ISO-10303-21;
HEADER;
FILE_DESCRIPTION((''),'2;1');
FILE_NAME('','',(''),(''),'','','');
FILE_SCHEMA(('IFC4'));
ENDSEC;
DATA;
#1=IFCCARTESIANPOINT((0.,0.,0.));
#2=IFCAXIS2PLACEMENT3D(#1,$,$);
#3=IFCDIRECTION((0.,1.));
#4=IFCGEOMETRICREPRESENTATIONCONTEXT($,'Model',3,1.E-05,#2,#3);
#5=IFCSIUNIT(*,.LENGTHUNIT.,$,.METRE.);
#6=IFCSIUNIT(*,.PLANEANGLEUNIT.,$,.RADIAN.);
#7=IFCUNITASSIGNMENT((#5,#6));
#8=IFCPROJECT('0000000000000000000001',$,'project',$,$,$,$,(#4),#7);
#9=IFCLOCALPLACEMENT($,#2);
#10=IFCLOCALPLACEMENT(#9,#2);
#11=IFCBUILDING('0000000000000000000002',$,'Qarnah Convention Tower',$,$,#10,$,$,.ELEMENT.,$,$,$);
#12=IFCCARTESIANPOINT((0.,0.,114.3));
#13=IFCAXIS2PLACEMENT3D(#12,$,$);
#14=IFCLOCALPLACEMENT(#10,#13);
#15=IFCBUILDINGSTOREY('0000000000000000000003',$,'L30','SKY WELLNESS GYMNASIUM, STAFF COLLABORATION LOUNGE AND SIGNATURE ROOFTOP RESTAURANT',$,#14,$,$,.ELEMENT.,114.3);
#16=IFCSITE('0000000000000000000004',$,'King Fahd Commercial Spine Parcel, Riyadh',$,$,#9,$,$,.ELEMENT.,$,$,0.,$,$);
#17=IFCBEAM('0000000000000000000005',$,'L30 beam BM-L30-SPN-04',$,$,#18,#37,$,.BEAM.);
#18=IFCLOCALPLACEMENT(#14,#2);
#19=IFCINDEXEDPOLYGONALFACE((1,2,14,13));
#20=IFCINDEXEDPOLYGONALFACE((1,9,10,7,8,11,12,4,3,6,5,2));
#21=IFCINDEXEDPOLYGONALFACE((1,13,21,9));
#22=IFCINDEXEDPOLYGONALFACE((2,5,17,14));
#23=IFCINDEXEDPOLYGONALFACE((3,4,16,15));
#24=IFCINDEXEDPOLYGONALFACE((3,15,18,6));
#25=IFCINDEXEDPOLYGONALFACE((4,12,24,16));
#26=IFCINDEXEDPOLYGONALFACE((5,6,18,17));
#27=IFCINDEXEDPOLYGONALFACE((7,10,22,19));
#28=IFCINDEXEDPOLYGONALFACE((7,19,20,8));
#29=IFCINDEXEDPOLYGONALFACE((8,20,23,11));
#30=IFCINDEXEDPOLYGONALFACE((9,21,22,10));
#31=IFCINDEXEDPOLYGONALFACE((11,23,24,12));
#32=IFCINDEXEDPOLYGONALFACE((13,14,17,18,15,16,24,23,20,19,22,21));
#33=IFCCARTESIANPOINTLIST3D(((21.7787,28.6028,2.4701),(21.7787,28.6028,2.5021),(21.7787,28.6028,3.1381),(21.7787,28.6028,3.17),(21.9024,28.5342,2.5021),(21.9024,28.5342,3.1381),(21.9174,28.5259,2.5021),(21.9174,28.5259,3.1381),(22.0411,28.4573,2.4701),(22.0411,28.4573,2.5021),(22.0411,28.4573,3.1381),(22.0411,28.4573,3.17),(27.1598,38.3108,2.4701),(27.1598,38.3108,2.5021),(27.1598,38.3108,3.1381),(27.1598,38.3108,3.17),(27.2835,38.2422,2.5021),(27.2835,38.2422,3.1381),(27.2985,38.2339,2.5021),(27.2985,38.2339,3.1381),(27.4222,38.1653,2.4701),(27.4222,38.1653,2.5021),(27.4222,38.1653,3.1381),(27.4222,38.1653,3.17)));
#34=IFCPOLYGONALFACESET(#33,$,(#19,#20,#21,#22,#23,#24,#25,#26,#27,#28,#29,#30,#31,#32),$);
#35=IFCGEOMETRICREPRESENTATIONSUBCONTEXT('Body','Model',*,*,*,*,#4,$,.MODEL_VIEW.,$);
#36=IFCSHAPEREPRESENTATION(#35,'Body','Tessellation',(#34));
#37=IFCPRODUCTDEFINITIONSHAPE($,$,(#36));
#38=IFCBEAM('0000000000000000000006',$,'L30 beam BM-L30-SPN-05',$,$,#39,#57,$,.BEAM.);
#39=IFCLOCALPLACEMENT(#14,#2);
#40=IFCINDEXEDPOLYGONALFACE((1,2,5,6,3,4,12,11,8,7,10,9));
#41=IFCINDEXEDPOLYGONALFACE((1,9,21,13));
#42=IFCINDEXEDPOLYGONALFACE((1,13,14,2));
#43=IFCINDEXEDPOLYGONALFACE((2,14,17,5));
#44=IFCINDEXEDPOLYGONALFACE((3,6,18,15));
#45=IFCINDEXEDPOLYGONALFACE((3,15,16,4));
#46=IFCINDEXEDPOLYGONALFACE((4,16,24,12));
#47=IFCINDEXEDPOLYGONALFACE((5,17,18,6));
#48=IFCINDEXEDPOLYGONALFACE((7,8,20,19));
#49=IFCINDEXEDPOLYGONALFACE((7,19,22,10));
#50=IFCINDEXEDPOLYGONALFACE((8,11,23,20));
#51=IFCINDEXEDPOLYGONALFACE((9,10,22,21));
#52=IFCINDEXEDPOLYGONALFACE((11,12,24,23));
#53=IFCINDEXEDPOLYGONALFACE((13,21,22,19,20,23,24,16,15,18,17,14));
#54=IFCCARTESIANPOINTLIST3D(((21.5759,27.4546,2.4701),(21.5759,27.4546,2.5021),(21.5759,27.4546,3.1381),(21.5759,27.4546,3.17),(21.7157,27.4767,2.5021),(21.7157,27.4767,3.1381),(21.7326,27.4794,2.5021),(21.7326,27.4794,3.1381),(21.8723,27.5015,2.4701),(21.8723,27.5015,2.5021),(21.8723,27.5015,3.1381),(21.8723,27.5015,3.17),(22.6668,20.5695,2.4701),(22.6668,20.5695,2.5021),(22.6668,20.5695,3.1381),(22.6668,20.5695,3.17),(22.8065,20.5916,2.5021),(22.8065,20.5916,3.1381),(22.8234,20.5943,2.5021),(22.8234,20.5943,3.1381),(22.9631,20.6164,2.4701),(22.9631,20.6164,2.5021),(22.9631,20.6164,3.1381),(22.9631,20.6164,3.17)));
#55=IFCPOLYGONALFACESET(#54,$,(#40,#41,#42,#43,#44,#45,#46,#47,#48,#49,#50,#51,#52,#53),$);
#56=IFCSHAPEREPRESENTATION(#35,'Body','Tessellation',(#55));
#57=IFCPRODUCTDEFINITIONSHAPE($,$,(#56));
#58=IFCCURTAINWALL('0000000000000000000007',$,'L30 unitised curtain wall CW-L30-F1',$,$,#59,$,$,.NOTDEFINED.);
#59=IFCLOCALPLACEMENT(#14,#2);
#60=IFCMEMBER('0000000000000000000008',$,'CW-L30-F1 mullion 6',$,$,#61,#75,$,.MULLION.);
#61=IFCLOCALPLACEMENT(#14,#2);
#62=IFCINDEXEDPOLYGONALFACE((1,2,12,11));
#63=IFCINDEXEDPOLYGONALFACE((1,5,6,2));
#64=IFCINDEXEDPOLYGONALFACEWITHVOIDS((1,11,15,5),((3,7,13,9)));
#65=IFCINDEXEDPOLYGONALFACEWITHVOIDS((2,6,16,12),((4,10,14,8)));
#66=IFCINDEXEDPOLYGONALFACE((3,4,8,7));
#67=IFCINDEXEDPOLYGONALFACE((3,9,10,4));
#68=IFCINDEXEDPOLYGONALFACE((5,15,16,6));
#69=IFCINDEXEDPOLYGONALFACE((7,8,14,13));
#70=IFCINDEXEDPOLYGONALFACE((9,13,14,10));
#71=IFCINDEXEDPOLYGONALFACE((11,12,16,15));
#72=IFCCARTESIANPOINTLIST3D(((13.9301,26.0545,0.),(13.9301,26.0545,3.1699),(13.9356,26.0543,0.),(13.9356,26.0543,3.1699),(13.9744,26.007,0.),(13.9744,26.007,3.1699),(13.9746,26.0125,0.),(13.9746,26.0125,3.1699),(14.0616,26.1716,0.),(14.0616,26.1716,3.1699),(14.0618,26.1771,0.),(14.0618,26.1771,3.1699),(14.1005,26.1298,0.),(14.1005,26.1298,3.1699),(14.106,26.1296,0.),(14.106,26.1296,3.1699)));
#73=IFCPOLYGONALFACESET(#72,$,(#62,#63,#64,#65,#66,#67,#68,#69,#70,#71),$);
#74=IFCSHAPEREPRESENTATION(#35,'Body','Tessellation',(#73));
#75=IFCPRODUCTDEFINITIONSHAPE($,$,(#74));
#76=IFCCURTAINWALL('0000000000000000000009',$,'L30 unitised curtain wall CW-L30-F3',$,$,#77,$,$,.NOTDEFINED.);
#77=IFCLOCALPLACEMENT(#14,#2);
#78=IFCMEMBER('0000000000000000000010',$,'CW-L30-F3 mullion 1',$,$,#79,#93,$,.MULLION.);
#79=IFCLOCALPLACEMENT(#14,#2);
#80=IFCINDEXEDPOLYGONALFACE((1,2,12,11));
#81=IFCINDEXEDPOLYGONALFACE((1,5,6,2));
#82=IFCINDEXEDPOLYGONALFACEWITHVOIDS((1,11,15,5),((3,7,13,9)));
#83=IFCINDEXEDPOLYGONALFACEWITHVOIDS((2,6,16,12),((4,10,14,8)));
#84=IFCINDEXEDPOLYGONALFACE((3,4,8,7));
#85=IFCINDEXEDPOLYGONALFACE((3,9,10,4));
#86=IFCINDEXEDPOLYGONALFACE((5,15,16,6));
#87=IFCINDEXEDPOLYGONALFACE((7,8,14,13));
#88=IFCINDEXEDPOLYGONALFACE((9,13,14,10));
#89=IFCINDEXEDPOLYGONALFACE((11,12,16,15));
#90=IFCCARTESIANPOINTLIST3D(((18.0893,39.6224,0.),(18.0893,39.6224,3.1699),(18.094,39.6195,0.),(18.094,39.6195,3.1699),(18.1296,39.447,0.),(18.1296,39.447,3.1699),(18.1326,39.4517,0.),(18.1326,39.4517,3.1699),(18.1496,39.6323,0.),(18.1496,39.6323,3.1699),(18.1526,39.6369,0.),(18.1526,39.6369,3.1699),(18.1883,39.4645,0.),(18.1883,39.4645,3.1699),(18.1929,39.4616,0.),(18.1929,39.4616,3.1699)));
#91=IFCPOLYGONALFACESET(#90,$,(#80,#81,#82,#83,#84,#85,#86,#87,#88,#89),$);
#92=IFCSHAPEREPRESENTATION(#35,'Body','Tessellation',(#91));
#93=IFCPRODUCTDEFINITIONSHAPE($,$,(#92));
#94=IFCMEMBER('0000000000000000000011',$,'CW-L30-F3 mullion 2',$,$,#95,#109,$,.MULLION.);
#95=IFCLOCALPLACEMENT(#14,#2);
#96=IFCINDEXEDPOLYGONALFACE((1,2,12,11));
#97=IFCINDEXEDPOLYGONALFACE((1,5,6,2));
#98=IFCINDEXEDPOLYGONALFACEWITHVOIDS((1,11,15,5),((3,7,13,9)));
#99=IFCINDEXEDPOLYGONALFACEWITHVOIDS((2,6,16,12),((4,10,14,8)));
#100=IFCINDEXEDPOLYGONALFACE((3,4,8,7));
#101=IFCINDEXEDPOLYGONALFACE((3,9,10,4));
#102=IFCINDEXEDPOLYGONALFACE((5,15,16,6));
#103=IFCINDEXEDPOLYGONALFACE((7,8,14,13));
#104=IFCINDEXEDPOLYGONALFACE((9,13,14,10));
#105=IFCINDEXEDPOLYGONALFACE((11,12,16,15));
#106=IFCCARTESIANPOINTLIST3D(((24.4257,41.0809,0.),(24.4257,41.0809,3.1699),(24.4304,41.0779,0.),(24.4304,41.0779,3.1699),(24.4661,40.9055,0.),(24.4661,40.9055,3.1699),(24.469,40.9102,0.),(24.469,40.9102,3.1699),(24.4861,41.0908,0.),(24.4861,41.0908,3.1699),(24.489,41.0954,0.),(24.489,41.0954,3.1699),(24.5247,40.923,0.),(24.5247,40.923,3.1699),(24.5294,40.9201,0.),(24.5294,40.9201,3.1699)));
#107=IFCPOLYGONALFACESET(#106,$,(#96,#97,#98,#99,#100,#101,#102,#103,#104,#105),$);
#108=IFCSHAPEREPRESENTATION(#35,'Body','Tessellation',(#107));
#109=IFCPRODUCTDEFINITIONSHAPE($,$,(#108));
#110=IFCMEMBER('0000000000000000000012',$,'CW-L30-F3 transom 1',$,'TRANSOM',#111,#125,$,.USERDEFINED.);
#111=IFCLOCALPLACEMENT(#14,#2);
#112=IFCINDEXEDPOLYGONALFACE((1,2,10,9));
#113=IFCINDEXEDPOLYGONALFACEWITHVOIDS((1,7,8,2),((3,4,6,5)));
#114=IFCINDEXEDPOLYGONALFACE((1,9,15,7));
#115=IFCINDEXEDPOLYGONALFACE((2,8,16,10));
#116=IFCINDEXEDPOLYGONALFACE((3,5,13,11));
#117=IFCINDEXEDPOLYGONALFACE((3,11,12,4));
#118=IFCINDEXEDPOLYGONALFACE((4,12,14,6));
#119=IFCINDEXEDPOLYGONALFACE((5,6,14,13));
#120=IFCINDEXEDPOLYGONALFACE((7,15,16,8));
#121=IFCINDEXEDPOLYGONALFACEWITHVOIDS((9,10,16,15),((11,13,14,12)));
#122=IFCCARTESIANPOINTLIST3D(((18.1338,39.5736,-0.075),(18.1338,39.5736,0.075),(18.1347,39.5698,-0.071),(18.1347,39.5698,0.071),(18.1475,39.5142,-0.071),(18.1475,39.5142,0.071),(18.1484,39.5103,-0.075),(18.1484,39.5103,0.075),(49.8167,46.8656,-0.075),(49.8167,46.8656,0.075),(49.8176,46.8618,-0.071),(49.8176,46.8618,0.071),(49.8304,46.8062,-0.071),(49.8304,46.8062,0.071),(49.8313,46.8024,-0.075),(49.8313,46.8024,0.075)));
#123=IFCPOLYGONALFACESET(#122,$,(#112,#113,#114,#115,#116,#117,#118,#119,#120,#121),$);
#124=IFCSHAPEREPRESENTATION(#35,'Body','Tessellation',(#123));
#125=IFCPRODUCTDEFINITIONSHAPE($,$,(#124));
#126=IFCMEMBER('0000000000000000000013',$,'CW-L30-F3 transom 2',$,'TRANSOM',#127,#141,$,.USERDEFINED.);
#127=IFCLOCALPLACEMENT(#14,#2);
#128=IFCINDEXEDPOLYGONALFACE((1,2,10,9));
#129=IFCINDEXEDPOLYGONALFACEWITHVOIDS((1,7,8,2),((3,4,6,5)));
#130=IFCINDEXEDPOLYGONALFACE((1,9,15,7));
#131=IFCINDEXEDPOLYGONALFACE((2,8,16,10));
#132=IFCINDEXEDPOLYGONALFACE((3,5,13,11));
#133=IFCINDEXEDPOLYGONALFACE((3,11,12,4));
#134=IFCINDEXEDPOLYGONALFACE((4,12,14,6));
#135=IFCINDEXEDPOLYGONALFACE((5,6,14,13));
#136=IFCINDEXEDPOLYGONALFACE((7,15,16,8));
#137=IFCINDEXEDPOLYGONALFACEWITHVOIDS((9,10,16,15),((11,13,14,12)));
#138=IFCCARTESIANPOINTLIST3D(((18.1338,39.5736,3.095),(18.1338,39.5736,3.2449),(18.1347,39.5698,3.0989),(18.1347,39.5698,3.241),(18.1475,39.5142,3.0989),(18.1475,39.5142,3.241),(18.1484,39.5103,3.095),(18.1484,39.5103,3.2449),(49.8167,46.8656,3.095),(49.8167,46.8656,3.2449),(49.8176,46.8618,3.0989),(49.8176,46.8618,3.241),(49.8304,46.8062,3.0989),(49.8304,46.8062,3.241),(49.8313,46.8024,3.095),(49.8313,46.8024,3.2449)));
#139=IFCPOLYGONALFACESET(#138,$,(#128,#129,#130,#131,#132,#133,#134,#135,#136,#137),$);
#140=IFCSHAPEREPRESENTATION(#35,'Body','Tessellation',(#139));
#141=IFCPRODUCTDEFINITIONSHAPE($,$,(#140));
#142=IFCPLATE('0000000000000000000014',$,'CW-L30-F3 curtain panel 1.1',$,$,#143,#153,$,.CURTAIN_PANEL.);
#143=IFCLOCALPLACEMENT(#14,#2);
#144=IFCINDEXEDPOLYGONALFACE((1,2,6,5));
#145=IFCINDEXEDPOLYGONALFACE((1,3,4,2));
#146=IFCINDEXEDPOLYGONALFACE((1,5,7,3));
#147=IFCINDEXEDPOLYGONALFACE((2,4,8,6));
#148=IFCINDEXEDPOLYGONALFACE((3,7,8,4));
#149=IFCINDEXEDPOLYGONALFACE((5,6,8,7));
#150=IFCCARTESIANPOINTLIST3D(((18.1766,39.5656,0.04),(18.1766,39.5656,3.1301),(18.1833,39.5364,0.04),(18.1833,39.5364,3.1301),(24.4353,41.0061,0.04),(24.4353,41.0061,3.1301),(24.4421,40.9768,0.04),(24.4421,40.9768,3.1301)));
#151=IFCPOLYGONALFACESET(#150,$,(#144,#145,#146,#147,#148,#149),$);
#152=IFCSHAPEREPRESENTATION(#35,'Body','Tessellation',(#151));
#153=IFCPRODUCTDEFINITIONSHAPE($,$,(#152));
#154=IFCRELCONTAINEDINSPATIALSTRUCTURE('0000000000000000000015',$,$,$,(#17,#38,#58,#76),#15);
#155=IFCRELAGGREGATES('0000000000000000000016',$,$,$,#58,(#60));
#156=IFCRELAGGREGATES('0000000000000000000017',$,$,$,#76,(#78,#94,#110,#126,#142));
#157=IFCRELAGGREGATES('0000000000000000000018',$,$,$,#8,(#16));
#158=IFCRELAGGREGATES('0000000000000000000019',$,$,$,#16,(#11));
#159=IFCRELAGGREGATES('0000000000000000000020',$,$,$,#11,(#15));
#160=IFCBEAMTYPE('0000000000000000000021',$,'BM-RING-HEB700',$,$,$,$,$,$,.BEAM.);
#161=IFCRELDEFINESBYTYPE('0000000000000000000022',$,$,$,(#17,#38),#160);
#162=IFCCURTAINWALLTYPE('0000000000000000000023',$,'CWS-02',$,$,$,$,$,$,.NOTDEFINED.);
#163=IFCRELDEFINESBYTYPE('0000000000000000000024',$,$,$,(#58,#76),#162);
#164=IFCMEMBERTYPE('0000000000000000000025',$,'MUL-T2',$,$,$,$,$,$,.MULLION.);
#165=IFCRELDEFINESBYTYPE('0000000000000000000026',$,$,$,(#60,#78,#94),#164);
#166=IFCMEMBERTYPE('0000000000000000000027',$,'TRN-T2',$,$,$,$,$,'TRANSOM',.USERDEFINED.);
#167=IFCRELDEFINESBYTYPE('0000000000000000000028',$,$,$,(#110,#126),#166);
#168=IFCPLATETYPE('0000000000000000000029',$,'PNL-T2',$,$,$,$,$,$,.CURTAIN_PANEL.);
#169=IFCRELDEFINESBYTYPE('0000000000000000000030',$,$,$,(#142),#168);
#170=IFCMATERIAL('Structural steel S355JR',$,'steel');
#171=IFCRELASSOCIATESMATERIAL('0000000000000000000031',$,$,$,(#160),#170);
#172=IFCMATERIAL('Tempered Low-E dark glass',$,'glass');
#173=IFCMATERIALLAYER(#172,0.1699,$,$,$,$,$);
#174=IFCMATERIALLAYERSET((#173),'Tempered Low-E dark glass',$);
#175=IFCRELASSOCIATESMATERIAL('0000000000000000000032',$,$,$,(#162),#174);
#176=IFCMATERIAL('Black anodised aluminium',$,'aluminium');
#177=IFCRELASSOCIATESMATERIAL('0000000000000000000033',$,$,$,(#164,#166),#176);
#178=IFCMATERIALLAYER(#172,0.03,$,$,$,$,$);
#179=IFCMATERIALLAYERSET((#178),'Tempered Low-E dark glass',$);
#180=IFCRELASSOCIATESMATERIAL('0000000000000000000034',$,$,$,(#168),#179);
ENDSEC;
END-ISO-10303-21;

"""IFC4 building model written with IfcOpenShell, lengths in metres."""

from ifc_helpers import new_model, si_unit, direction, frame, origin, origin_2d, place, context, subcontext, project, spatial, rectangle, hollow_rectangle, i_section, extrude, material, layer, layer_set, material_profile, profile_set, type_object, element, aggregate, save


model = new_model("IFC4")

# Units and contexts
model_context = context("Model", 3, precision=1e-05, world=origin(), true_north=direction((0.0, 1.0)))
body_context = subcontext(model_context, "Body", "Model", "MODEL_VIEW")
ifc_project = project(units=[si_unit("LENGTHUNIT", "METRE"), si_unit("PLANEANGLEUNIT", "RADIAN")], contexts=[model_context])

# Site, building, storey
site_placement = place(None, origin())
site = spatial("IfcSite", under=ifc_project, at=site_placement, Name="King Fahd Commercial Spine Parcel, Riyadh", CompositionType="ELEMENT", RefElevation=0.0)
building_placement = place(site_placement, origin())
building = spatial("IfcBuilding", under=site, at=building_placement, Name="Qarnah Convention Tower", CompositionType="ELEMENT")
storey_placement = place(building_placement, frame((0.0, 0.0, 114.3)))
storey = spatial("IfcBuildingStorey", under=building, at=storey_placement, Name="L30", Description="SKY WELLNESS GYMNASIUM, STAFF COLLABORATION LOUNGE AND SIGNATURE ROOFTOP RESTAURANT", CompositionType="ELEMENT", Elevation=114.3)

# Beams
ifc_material_1 = material(Name="Structural steel S355JR", Category="steel")
ifc_material_profile_1 = material_profile(ifc_material_1, i_section(OverallWidth=0.3, OverallDepth=0.7, WebThickness=0.0171, FlangeThickness=0.032, at=origin_2d()), Name="HEB700")
ifc_profile_set_1 = profile_set([ifc_material_profile_1], Name="Structural steel S355JR")
beam_type_1 = type_object("IfcBeamType", Name="BM-RING-HEB700", PredefinedType="BEAM", material=ifc_profile_set_1)
beam_1_placement = place(storey_placement, frame((27.291, 38.238, 2.8201), z_axis=(-0.4848, -0.874625, 0.0), x_axis=(0.874625, -0.4848, 0.0)))
element("IfcBeam", 1, at=beam_1_placement, inside=storey, type_object=beam_type_1, Name="L30 beam BM-L30-SPN-04", PredefinedType="BEAM", context=body_context, shape_type="SweptSolid", body=[
    extrude(i_section(OverallWidth=0.3, OverallDepth=0.7, WebThickness=0.0171, FlangeThickness=0.032, at=origin_2d()), origin(), (0.0, 0.0, 1.0), 11.0996),
])
beam_2_placement = place(storey_placement, frame((21.7241, 27.478, 2.8201), z_axis=(0.156482, -0.987681, 0.0), x_axis=(0.987681, 0.156482, 0.0)))
element("IfcBeam", 2, at=beam_2_placement, inside=storey, type_object=beam_type_1, Name="L30 beam BM-L30-SPN-05", PredefinedType="BEAM", context=body_context, shape_type="SweptSolid", body=[
    extrude(i_section(OverallWidth=0.3, OverallDepth=0.7, WebThickness=0.0171, FlangeThickness=0.032, at=origin_2d()), origin(), (0.0, 0.0, 1.0), 6.9709),
])

# Curtain wall, member
ifc_material_2 = material(Name="Tempered Low-E dark glass", Category="glass")
ifc_layer_1 = layer(ifc_material_2, 0.1699)
ifc_layer_set_1 = layer_set([ifc_layer_1], Name="Tempered Low-E dark glass")
curtain_wall_type = type_object("IfcCurtainWallType", Name="CWS-02", PredefinedType="NOTDEFINED", material=ifc_layer_set_1)
curtain_wall_1_placement = place(storey_placement, origin())
curtain_wall_1 = element("IfcCurtainWall", 3, at=curtain_wall_1_placement, inside=storey, type_object=curtain_wall_type, Name="L30 unitised curtain wall CW-L30-F1", PredefinedType="NOTDEFINED")
ifc_material_3 = material(Name="Black anodised aluminium", Category="aluminium")
ifc_material_profile_2 = material_profile(ifc_material_3, hollow_rectangle(XDim=0.0649, YDim=0.1799, WallThickness=0.0039, at=origin_2d()), Name="MUL-65X180")
ifc_profile_set_2 = profile_set([ifc_material_profile_2], Name="Black anodised aluminium")
member_type_1 = type_object("IfcMemberType", Name="MUL-T2", PredefinedType="MULLION", material=ifc_profile_set_2)
member_1_placement = place(storey_placement, frame((14.0181, 26.092, 0.0), z_axis=(0.0, 0.0, 1.0), x_axis=(-0.681483, 0.731834, 0.0)))
member_1 = element("IfcMember", 4, at=member_1_placement, type_object=member_type_1, Name="CW-L30-F1 mullion 6", PredefinedType="MULLION", context=body_context, shape_type="SweptSolid", body=[
    extrude(hollow_rectangle(XDim=0.0649, YDim=0.1799, WallThickness=0.0039, at=origin_2d()), origin(), (0.0, 0.0, 1.0), 3.1699),
])
aggregate(curtain_wall_1, [member_1])

# Curtain wall, members, plate
curtain_wall_2_placement = place(storey_placement, origin())
curtain_wall_2 = element("IfcCurtainWall", 5, at=curtain_wall_2_placement, inside=storey, type_object=curtain_wall_type, Name="L30 unitised curtain wall CW-L30-F3", PredefinedType="NOTDEFINED")
member_2_placement = place(storey_placement, frame((18.1411, 39.542, 0.0), z_axis=(0.0, 0.0, 1.0), x_axis=(0.974522, 0.224291, 0.0)))
member_2 = element("IfcMember", 6, at=member_2_placement, type_object=member_type_1, Name="CW-L30-F3 mullion 1", PredefinedType="MULLION", context=body_context, shape_type="SweptSolid", body=[
    extrude(hollow_rectangle(XDim=0.0649, YDim=0.1799, WallThickness=0.0039, at=origin_2d()), origin(), (0.0, 0.0, 1.0), 3.1699),
])
member_3_placement = place(storey_placement, frame((24.4775, 41.0005, 0.0), z_axis=(0.0, 0.0, 1.0), x_axis=(0.974522, 0.224291, 0.0)))
member_3 = element("IfcMember", 7, at=member_3_placement, type_object=member_type_1, Name="CW-L30-F3 mullion 2", PredefinedType="MULLION", context=body_context, shape_type="SweptSolid", body=[
    extrude(hollow_rectangle(XDim=0.0649, YDim=0.1799, WallThickness=0.0039, at=origin_2d()), origin(), (0.0, 0.0, 1.0), 3.1699),
])
ifc_material_profile_3 = material_profile(ifc_material_3, hollow_rectangle(XDim=0.0649, YDim=0.1499, WallThickness=0.0039, at=origin_2d()), Name="TRN-65X150")
ifc_profile_set_3 = profile_set([ifc_material_profile_3], Name="Black anodised aluminium")
member_type_2 = type_object("IfcMemberType", Name="TRN-T2", ElementType="TRANSOM", PredefinedType="USERDEFINED", material=ifc_profile_set_3)
member_4_placement = place(storey_placement, frame((18.1411, 39.542, 0.0), z_axis=(0.974522, 0.224292, 0.0), x_axis=(-0.224292, 0.974522, 0.0)))
member_4 = element("IfcMember", 8, at=member_4_placement, type_object=member_type_2, Name="CW-L30-F3 transom 1", ObjectType="TRANSOM", PredefinedType="USERDEFINED", context=body_context, shape_type="SweptSolid", body=[
    extrude(hollow_rectangle(XDim=0.0649, YDim=0.1499, WallThickness=0.0039, at=origin_2d()), origin(), (0.0, 0.0, 1.0), 32.5112),
])
member_5_placement = place(storey_placement, frame((18.1411, 39.542, 3.1699), z_axis=(0.974522, 0.224292, 0.0), x_axis=(-0.224292, 0.974522, 0.0)))
member_5 = element("IfcMember", 9, at=member_5_placement, type_object=member_type_2, Name="CW-L30-F3 transom 2", ObjectType="TRANSOM", PredefinedType="USERDEFINED", context=body_context, shape_type="SweptSolid", body=[
    extrude(hollow_rectangle(XDim=0.0649, YDim=0.1499, WallThickness=0.0039, at=origin_2d()), origin(), (0.0, 0.0, 1.0), 32.5112),
])
ifc_layer_2 = layer(ifc_material_2, 0.03)
ifc_layer_set_2 = layer_set([ifc_layer_2], Name="Tempered Low-E dark glass")
plate_type = type_object("IfcPlateType", Name="PNL-T2", PredefinedType="CURTAIN_PANEL", material=ifc_layer_set_2)
plate_placement = place(storey_placement, frame((21.3093, 40.2712, 0.04), z_axis=(0.0, 0.0, 1.0), x_axis=(0.974522, 0.224291, 0.0)))
plate = element("IfcPlate", 10, at=plate_placement, type_object=plate_type, Name="CW-L30-F3 curtain panel 1.1", PredefinedType="CURTAIN_PANEL", context=body_context, shape_type="SweptSolid", body=[
    extrude(rectangle(XDim=6.4224, YDim=0.03, at=origin_2d()), origin(), (0.0, 0.0, 1.0), 3.0901),
])
aggregate(curtain_wall_2, [member_2, member_3, member_4, member_5, plate])

save(model, "model.ifc")
